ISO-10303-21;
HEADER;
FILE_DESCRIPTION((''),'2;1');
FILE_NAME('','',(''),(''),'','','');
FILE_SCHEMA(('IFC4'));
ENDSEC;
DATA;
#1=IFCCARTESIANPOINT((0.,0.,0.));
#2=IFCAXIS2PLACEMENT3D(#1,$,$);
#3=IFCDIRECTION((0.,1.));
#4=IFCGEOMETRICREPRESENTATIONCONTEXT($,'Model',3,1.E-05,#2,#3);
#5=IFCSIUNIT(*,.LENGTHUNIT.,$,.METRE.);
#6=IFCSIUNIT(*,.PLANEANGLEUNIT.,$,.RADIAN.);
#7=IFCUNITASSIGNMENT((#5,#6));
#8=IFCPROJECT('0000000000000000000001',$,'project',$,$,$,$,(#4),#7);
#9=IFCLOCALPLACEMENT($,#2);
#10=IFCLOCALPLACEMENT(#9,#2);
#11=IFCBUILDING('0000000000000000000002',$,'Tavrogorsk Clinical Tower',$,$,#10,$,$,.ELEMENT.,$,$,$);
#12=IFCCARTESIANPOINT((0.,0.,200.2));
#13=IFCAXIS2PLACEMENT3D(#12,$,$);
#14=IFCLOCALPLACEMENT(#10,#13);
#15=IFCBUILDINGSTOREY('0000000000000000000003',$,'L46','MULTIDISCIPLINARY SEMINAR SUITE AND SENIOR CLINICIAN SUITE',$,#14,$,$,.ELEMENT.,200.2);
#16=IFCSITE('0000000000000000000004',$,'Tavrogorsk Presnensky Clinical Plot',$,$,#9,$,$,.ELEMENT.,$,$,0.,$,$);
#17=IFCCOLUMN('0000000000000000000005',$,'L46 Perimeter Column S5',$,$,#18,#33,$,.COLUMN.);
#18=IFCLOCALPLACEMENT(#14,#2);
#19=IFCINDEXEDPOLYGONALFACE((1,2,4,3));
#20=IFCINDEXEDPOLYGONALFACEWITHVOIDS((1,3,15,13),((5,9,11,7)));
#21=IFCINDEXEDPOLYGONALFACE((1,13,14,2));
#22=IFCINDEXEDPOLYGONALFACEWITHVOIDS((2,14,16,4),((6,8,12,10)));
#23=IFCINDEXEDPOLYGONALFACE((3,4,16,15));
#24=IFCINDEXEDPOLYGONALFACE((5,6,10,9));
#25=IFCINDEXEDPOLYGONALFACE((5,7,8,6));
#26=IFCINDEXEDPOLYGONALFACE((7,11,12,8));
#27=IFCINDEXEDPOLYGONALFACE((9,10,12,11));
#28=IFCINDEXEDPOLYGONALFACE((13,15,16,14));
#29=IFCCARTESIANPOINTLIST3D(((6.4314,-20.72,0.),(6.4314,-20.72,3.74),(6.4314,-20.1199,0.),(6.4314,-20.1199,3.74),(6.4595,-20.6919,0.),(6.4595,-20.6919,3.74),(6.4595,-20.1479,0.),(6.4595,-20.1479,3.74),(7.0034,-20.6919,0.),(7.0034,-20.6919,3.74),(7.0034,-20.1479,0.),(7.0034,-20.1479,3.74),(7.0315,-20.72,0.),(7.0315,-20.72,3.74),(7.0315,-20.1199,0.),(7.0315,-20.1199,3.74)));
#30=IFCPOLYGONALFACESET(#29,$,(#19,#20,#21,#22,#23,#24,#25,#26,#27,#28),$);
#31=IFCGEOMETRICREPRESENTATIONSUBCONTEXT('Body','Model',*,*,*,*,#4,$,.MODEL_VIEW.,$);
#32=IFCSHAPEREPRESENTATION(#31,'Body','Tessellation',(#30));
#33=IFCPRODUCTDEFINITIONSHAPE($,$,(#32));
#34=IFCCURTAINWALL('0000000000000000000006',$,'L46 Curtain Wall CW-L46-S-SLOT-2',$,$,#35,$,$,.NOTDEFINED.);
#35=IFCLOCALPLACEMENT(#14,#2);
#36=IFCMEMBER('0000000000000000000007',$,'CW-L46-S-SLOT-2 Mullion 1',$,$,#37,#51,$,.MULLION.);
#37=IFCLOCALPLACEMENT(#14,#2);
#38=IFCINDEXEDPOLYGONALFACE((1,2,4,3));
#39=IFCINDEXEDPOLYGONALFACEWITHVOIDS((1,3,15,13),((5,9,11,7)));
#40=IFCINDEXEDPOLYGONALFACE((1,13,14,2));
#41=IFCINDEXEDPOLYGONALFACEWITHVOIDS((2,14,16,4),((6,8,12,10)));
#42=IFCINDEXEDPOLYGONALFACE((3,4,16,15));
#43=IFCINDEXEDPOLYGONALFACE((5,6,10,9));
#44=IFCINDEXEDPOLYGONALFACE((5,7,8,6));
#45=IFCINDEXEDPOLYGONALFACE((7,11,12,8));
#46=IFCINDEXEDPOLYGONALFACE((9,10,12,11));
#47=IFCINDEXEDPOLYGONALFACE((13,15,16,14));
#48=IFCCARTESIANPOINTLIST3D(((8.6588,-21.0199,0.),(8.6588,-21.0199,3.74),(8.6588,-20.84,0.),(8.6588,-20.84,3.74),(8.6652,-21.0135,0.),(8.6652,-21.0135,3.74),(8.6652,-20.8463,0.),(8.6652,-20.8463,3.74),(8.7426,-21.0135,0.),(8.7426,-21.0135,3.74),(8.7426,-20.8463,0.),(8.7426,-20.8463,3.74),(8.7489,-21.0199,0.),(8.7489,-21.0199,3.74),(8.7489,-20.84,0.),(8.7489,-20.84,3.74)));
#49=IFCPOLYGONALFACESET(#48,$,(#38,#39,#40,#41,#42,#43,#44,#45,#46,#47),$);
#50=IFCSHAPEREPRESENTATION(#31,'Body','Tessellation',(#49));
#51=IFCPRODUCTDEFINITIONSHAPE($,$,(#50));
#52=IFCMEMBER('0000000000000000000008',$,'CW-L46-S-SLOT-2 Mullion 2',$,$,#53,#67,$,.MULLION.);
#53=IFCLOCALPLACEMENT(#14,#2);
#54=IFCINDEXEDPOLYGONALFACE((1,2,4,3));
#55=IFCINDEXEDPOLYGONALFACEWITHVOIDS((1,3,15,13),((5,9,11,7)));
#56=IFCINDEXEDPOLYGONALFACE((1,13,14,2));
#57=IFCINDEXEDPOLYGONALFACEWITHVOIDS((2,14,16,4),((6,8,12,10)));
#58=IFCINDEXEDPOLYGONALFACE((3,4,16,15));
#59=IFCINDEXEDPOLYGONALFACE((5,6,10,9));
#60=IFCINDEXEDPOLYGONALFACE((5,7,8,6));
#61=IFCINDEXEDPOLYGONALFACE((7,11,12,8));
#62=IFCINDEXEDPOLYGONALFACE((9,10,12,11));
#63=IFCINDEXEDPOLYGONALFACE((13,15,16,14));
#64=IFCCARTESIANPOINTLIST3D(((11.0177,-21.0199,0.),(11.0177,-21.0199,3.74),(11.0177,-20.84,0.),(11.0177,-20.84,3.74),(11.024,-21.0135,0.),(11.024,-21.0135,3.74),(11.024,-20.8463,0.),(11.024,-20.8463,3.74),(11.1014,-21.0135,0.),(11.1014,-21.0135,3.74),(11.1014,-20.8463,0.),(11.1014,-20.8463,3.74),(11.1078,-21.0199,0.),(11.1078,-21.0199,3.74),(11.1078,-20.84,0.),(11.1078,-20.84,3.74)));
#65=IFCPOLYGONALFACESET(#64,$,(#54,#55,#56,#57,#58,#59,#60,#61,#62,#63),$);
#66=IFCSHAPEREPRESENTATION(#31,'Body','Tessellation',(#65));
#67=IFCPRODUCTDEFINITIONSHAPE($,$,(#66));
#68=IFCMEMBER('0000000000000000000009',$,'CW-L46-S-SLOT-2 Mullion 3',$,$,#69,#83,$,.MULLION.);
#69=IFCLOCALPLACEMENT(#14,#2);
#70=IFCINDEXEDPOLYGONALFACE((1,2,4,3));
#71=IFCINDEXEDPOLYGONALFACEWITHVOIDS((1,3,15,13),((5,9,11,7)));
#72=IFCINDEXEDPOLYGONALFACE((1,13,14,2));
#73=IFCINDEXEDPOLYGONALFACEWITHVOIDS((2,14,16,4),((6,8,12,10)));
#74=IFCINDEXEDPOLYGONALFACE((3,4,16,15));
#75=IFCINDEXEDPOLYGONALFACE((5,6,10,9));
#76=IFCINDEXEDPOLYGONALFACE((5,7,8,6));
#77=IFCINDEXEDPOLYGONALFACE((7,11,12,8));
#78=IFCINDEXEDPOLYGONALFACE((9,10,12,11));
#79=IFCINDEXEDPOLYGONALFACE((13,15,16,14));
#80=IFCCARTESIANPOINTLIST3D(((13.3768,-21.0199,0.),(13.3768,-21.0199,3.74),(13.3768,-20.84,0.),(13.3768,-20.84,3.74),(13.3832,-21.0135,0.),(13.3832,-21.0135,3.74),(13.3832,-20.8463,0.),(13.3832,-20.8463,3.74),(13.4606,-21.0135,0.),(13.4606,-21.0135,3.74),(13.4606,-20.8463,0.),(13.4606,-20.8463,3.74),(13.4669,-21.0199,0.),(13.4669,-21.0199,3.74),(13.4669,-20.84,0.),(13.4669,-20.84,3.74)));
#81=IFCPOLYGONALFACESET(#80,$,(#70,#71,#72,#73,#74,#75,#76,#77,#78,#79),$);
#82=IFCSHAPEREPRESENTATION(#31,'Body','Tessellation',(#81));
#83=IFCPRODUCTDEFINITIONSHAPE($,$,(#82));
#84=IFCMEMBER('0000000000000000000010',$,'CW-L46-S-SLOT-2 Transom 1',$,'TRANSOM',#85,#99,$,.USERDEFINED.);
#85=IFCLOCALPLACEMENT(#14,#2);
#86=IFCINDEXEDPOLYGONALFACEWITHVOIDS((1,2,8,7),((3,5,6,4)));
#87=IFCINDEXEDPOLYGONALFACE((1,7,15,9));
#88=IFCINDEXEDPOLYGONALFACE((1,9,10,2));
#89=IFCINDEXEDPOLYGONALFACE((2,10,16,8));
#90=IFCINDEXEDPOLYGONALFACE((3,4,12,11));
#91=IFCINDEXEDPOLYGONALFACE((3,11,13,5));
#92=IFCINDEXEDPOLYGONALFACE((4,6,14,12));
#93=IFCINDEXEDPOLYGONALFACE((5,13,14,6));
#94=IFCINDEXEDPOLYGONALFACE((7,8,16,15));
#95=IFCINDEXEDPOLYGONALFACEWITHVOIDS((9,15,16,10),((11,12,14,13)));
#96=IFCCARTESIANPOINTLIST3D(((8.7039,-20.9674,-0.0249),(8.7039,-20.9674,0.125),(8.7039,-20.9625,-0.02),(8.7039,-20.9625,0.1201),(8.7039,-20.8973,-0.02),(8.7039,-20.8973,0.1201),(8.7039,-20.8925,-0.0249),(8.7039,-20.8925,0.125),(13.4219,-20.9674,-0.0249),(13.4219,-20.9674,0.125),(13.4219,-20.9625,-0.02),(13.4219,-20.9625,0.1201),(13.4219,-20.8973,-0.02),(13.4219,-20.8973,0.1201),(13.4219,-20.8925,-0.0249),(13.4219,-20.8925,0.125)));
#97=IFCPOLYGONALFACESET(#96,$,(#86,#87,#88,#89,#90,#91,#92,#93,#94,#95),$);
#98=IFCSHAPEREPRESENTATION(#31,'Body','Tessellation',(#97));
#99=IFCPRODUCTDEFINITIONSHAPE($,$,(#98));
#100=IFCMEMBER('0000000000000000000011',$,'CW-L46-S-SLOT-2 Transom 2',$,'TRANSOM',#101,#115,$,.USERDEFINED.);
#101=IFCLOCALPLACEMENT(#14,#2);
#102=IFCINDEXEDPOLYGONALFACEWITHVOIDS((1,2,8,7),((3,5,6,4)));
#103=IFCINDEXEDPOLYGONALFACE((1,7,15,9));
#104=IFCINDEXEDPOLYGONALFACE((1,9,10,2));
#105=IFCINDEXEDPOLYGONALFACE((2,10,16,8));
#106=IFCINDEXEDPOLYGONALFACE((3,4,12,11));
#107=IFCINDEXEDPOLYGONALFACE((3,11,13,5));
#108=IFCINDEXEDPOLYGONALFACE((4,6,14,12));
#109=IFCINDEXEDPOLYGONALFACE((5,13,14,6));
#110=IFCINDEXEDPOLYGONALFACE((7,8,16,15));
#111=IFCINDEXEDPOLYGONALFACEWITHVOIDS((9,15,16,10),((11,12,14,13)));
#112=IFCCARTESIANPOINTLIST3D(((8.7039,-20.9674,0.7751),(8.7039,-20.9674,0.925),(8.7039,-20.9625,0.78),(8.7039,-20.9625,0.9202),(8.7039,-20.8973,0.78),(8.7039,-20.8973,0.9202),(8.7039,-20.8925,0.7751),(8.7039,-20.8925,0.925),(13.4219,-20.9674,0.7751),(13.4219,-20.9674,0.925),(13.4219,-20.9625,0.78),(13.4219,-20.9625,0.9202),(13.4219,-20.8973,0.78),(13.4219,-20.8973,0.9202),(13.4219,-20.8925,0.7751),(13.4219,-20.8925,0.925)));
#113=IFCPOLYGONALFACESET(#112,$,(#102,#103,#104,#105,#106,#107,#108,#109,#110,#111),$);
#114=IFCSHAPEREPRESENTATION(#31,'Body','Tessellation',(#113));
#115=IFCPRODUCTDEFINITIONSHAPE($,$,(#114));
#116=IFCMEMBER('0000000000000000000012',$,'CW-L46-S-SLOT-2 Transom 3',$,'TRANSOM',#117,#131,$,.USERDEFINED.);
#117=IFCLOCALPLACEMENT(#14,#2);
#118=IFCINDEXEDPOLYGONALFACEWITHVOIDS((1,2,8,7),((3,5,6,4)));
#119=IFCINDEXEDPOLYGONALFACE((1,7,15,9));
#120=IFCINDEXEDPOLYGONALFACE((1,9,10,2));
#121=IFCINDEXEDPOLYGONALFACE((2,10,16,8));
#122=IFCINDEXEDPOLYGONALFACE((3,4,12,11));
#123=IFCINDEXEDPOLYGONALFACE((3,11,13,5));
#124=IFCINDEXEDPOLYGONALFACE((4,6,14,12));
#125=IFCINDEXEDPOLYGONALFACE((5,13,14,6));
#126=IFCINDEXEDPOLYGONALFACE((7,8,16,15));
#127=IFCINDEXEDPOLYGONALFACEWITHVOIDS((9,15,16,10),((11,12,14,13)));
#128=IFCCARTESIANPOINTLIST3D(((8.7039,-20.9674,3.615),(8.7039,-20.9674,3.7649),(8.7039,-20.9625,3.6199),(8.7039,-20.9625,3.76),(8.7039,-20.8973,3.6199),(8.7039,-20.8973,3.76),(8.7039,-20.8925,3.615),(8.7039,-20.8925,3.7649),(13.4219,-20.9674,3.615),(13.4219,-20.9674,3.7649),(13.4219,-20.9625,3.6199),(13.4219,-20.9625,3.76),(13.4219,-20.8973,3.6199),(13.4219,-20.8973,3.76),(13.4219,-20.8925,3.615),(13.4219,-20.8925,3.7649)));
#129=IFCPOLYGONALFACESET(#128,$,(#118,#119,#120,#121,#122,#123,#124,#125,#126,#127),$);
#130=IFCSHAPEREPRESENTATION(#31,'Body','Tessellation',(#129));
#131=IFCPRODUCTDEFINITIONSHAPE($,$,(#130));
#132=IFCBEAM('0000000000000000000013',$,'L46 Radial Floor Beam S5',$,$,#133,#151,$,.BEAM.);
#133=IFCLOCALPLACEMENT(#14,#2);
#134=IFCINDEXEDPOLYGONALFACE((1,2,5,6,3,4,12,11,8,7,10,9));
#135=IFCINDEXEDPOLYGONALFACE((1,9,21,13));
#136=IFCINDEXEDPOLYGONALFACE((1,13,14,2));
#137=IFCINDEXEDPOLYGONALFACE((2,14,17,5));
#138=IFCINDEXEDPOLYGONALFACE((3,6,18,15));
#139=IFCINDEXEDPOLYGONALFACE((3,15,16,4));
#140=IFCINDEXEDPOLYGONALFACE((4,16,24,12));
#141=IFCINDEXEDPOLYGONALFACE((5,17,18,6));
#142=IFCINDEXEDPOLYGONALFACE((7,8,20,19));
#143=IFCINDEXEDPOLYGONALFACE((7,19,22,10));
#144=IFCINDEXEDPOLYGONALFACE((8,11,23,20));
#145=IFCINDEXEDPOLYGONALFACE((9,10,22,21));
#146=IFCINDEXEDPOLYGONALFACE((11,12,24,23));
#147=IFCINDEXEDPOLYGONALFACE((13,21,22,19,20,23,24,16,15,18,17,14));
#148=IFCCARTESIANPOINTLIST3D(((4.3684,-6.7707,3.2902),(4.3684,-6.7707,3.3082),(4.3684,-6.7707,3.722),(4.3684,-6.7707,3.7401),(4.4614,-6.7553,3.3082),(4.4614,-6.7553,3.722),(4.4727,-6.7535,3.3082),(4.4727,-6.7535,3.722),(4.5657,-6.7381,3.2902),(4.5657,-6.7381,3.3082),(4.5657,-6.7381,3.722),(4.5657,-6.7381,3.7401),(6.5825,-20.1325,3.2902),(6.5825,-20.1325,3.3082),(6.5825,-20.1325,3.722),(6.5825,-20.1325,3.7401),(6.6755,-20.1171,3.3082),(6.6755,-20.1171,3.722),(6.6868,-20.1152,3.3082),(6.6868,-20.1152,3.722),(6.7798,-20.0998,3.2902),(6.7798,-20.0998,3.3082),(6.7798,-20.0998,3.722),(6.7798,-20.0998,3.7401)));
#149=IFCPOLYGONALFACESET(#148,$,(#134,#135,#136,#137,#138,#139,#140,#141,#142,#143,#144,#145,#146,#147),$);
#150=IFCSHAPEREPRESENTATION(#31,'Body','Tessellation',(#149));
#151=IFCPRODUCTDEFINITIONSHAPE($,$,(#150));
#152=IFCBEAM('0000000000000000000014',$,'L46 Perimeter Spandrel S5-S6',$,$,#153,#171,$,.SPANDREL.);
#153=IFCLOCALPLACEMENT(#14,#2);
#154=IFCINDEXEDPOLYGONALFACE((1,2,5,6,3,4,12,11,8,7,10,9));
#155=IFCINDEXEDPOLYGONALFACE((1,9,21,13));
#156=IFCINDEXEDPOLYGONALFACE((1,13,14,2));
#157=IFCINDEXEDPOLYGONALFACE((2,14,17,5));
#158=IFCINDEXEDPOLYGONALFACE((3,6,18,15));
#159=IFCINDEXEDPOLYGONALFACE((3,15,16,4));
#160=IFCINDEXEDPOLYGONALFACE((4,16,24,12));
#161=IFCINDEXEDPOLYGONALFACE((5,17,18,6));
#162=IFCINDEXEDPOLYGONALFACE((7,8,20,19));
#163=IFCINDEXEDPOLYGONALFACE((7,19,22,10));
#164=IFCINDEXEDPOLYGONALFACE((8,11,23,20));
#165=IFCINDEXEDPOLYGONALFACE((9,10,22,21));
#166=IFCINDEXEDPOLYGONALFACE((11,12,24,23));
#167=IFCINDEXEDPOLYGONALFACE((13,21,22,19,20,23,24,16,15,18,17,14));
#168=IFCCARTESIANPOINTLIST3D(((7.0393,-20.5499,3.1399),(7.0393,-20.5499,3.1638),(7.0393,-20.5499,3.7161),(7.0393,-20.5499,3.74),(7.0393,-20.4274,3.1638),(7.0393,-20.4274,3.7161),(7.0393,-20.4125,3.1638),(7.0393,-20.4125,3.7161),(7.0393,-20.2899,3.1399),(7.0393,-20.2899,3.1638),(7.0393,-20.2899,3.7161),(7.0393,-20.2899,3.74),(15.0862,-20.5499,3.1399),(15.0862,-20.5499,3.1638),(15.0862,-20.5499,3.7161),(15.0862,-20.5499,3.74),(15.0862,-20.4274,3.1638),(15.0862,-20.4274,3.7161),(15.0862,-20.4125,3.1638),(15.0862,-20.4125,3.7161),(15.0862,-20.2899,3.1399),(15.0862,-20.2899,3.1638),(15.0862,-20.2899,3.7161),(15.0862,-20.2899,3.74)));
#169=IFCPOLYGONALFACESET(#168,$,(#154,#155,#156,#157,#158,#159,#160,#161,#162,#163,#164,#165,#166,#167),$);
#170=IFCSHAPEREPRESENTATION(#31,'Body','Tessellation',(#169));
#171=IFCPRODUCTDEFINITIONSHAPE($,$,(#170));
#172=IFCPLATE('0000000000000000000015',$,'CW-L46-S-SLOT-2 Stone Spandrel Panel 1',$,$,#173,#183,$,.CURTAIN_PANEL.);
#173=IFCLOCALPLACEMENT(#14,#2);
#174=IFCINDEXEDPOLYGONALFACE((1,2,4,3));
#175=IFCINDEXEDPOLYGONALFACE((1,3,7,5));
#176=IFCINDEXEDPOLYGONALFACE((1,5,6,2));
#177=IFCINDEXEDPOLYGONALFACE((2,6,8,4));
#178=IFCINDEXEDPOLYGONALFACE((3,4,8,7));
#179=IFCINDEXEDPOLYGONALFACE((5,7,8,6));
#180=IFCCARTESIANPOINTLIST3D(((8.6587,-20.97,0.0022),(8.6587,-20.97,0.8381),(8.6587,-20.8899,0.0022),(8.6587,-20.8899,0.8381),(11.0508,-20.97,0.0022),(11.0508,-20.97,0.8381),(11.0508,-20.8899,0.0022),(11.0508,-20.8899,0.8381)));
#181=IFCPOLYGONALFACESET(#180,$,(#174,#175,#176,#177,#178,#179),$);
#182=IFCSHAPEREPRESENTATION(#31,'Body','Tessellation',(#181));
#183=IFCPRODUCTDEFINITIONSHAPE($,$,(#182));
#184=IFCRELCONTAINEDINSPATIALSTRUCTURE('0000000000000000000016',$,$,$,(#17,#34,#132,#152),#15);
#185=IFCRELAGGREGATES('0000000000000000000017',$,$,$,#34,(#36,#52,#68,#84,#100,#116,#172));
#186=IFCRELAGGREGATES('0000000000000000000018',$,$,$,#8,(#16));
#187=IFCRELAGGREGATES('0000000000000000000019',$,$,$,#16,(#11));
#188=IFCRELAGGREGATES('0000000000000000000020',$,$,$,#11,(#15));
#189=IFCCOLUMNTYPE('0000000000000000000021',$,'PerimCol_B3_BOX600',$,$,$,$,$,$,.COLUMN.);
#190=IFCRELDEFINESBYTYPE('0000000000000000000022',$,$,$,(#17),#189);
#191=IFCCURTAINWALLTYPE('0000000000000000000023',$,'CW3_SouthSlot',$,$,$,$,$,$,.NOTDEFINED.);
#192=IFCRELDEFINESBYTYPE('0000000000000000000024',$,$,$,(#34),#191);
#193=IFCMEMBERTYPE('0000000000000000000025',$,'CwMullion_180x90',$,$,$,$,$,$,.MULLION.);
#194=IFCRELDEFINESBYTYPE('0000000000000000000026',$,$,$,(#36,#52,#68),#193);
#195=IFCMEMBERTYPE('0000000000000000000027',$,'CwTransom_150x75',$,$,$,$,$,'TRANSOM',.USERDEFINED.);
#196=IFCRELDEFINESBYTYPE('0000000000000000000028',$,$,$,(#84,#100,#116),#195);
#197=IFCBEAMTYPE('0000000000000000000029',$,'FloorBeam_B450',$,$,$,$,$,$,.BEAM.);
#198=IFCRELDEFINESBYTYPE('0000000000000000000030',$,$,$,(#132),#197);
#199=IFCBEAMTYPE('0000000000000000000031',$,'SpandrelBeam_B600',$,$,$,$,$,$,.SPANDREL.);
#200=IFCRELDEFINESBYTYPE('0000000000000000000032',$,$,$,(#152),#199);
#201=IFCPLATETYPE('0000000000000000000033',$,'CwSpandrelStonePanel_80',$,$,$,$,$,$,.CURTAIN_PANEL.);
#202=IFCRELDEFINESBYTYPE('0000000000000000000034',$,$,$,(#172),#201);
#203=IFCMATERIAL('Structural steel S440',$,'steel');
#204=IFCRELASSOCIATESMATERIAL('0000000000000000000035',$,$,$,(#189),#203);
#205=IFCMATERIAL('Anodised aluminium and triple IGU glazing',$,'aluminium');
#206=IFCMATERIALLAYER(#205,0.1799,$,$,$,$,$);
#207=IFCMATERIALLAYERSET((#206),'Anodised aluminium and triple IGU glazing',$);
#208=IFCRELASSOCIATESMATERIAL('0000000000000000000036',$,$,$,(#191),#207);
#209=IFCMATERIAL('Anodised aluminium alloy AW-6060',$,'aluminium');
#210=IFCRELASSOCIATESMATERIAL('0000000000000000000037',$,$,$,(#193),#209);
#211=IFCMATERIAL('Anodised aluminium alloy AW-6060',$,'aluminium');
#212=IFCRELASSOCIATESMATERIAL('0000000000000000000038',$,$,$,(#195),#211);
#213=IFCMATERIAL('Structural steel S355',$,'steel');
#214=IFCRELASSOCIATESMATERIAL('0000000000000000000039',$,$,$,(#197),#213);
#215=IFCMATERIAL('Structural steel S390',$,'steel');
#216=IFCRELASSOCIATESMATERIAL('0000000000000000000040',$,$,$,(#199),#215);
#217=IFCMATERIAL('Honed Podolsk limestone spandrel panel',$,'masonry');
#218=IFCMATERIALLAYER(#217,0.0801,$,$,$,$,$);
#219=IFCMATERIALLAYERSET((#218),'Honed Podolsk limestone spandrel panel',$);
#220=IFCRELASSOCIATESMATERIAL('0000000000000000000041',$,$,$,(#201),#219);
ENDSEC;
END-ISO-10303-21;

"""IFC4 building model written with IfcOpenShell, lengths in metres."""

from ifc_helpers import new_model, si_unit, direction, frame, origin, origin_2d, place, context, subcontext, project, spatial, rectangle, hollow_rectangle, i_section, extrude, material, layer, layer_set, material_profile, profile_set, type_object, element, aggregate, save


model = new_model("IFC4")

# Units and contexts
model_context = context("Model", 3, precision=1e-05, world=origin(), true_north=direction((0.0, 1.0)))
body_context = subcontext(model_context, "Body", "Model", "MODEL_VIEW")
ifc_project = project(units=[si_unit("LENGTHUNIT", "METRE"), si_unit("PLANEANGLEUNIT", "RADIAN")], contexts=[model_context])

# Site, building, storey
site_placement = place(None, origin())
site = spatial("IfcSite", under=ifc_project, at=site_placement, Name="Tavrogorsk Presnensky Clinical Plot", CompositionType="ELEMENT", RefElevation=0.0)
building_placement = place(site_placement, origin())
building = spatial("IfcBuilding", under=site, at=building_placement, Name="Tavrogorsk Clinical Tower", CompositionType="ELEMENT")
storey_placement = place(building_placement, frame((0.0, 0.0, 200.2)))
storey = spatial("IfcBuildingStorey", under=building, at=storey_placement, Name="L46", Description="MULTIDISCIPLINARY SEMINAR SUITE AND SENIOR CLINICIAN SUITE", CompositionType="ELEMENT", Elevation=200.2)

# Column
ifc_material_1 = material(Name="Structural steel S440", Category="steel")
ifc_material_profile_1 = material_profile(ifc_material_1, hollow_rectangle(XDim=0.6001, YDim=0.6001, WallThickness=0.0281, at=origin_2d()), Name="BOX-600x600x28")
ifc_profile_set_1 = profile_set([ifc_material_profile_1], Name="Structural steel S440")
column_type = type_object("IfcColumnType", Name="PerimCol_B3_BOX600", PredefinedType="COLUMN", material=ifc_profile_set_1)
column_placement = place(storey_placement, frame((6.7314, -20.4199, 0.0), z_axis=(0.0, 0.0, 1.0), x_axis=(1.0, 0.0, 0.0)))
element("IfcColumn", 1, at=column_placement, inside=storey, type_object=column_type, Name="L46 Perimeter Column S5", PredefinedType="COLUMN", context=body_context, shape_type="SweptSolid", body=[
    extrude(hollow_rectangle(XDim=0.6001, YDim=0.6001, WallThickness=0.0281, at=origin_2d()), origin(), (0.0, 0.0, 1.0), 3.74),
])

# Curtain wall, members
ifc_material_2 = material(Name="Anodised aluminium and triple IGU glazing", Category="aluminium")
ifc_layer_1 = layer(ifc_material_2, 0.1799)
ifc_layer_set_1 = layer_set([ifc_layer_1], Name="Anodised aluminium and triple IGU glazing")
curtain_wall_type = type_object("IfcCurtainWallType", Name="CW3_SouthSlot", PredefinedType="NOTDEFINED", material=ifc_layer_set_1)
curtain_wall_placement = place(storey_placement, origin())
curtain_wall = element("IfcCurtainWall", 2, at=curtain_wall_placement, inside=storey, type_object=curtain_wall_type, Name="L46 Curtain Wall CW-L46-S-SLOT-2", PredefinedType="NOTDEFINED")
ifc_material_3 = material(Name="Anodised aluminium alloy AW-6060", Category="aluminium")
ifc_material_profile_2 = material_profile(ifc_material_3, hollow_rectangle(XDim=0.0901, YDim=0.1799, WallThickness=0.0063, at=origin_2d()), Name="RHS-180x90x6.3")
ifc_profile_set_2 = profile_set([ifc_material_profile_2], Name="Anodised aluminium alloy AW-6060")
member_type_1 = type_object("IfcMemberType", Name="CwMullion_180x90", PredefinedType="MULLION", material=ifc_profile_set_2)
member_1_placement = place(storey_placement, frame((8.7039, -20.9299, 0.0), z_axis=(0.0, 0.0, 1.0), x_axis=(1.0, 0.0, 0.0)))
member_1 = element("IfcMember", 3, at=member_1_placement, type_object=member_type_1, Name="CW-L46-S-SLOT-2 Mullion 1", PredefinedType="MULLION", context=body_context, shape_type="SweptSolid", body=[
    extrude(hollow_rectangle(XDim=0.0901, YDim=0.1799, WallThickness=0.0063, at=origin_2d()), origin(), (0.0, 0.0, 1.0), 3.74),
])
member_2_placement = place(storey_placement, frame((11.0627, -20.9299, 0.0), z_axis=(0.0, 0.0, 1.0), x_axis=(1.0, 0.0, 0.0)))
member_2 = element("IfcMember", 4, at=member_2_placement, type_object=member_type_1, Name="CW-L46-S-SLOT-2 Mullion 2", PredefinedType="MULLION", context=body_context, shape_type="SweptSolid", body=[
    extrude(hollow_rectangle(XDim=0.0901, YDim=0.1799, WallThickness=0.0063, at=origin_2d()), origin(), (0.0, 0.0, 1.0), 3.74),
])
member_3_placement = place(storey_placement, frame((13.4219, -20.9299, 0.0), z_axis=(0.0, 0.0, 1.0), x_axis=(1.0, 0.0, 0.0)))
member_3 = element("IfcMember", 5, at=member_3_placement, type_object=member_type_1, Name="CW-L46-S-SLOT-2 Mullion 3", PredefinedType="MULLION", context=body_context, shape_type="SweptSolid", body=[
    extrude(hollow_rectangle(XDim=0.0901, YDim=0.1799, WallThickness=0.0063, at=origin_2d()), origin(), (0.0, 0.0, 1.0), 3.74),
])
ifc_material_4 = material(Name="Anodised aluminium alloy AW-6060", Category="aluminium")
ifc_material_profile_3 = material_profile(ifc_material_4, hollow_rectangle(XDim=0.075, YDim=0.1499, WallThickness=0.0049, at=origin_2d()), Name="RHS-150x75x5")
ifc_profile_set_3 = profile_set([ifc_material_profile_3], Name="Anodised aluminium alloy AW-6060")
member_type_2 = type_object("IfcMemberType", Name="CwTransom_150x75", ElementType="TRANSOM", PredefinedType="USERDEFINED", material=ifc_profile_set_3)
member_4_placement = place(storey_placement, frame((8.7039, -20.9299, 0.05), z_axis=(1.0, 0.0, 0.0), x_axis=(0.0, 1.0, 0.0)))
member_4 = element("IfcMember", 6, at=member_4_placement, type_object=member_type_2, Name="CW-L46-S-SLOT-2 Transom 1", ObjectType="TRANSOM", PredefinedType="USERDEFINED", context=body_context, shape_type="SweptSolid", body=[
    extrude(hollow_rectangle(XDim=0.075, YDim=0.1499, WallThickness=0.0049, at=origin_2d()), origin(), (0.0, 0.0, 1.0), 4.718),
])
member_5_placement = place(storey_placement, frame((8.7039, -20.9299, 0.8501), z_axis=(1.0, 0.0, 0.0), x_axis=(0.0, 1.0, 0.0)))
member_5 = element("IfcMember", 7, at=member_5_placement, type_object=member_type_2, Name="CW-L46-S-SLOT-2 Transom 2", ObjectType="TRANSOM", PredefinedType="USERDEFINED", context=body_context, shape_type="SweptSolid", body=[
    extrude(hollow_rectangle(XDim=0.075, YDim=0.1499, WallThickness=0.0049, at=origin_2d()), origin(), (0.0, 0.0, 1.0), 4.718),
])
member_6_placement = place(storey_placement, frame((8.7039, -20.9299, 3.6899), z_axis=(1.0, 0.0, 0.0), x_axis=(0.0, 1.0, 0.0)))
member_6 = element("IfcMember", 8, at=member_6_placement, type_object=member_type_2, Name="CW-L46-S-SLOT-2 Transom 3", ObjectType="TRANSOM", PredefinedType="USERDEFINED", context=body_context, shape_type="SweptSolid", body=[
    extrude(hollow_rectangle(XDim=0.075, YDim=0.1499, WallThickness=0.0049, at=origin_2d()), origin(), (0.0, 0.0, 1.0), 4.718),
])

# Beams
ifc_material_5 = material(Name="Structural steel S355", Category="steel")
ifc_material_profile_4 = material_profile(ifc_material_5, i_section(OverallWidth=0.2, OverallDepth=0.45, WebThickness=0.0115, FlangeThickness=0.0181, at=origin_2d()), Name="B-450x200x11.5x18")
ifc_profile_set_4 = profile_set([ifc_material_profile_4], Name="Structural steel S355")
beam_type_1 = type_object("IfcBeamType", Name="FloorBeam_B450", PredefinedType="BEAM", material=ifc_profile_set_4)
beam_1_placement = place(storey_placement, frame((4.467, -6.7544, 3.5151), z_axis=(0.163475, -0.986547, 0.0), x_axis=(0.986547, 0.163475, 0.0)))
element("IfcBeam", 9, at=beam_1_placement, inside=storey, type_object=beam_type_1, Name="L46 Radial Floor Beam S5", PredefinedType="BEAM", context=body_context, shape_type="SweptSolid", body=[
    extrude(i_section(OverallWidth=0.2, OverallDepth=0.45, WebThickness=0.0115, FlangeThickness=0.0181, at=origin_2d()), origin(), (0.0, 0.0, 1.0), 13.5439),
])
ifc_material_6 = material(Name="Structural steel S390", Category="steel")
ifc_material_profile_5 = material_profile(ifc_material_6, i_section(OverallWidth=0.26, OverallDepth=0.6001, WebThickness=0.0149, FlangeThickness=0.0239, at=origin_2d()), Name="B-600x260x15x24")
ifc_profile_set_5 = profile_set([ifc_material_profile_5], Name="Structural steel S390")
beam_type_2 = type_object("IfcBeamType", Name="SpandrelBeam_B600", PredefinedType="SPANDREL", material=ifc_profile_set_5)
beam_2_placement = place(storey_placement, frame((7.0393, -20.4199, 3.4399), z_axis=(1.0, 0.0, 0.0), x_axis=(0.0, 1.0, 0.0)))
element("IfcBeam", 10, at=beam_2_placement, inside=storey, type_object=beam_type_2, Name="L46 Perimeter Spandrel S5-S6", PredefinedType="SPANDREL", context=body_context, shape_type="SweptSolid", body=[
    extrude(i_section(OverallWidth=0.26, OverallDepth=0.6001, WebThickness=0.0149, FlangeThickness=0.0239, at=origin_2d()), origin(), (0.0, 0.0, 1.0), 8.0469),
])

# Plate
ifc_material_7 = material(Name="Honed Podolsk limestone spandrel panel", Category="masonry")
ifc_layer_2 = layer(ifc_material_7, 0.0801)
ifc_layer_set_2 = layer_set([ifc_layer_2], Name="Honed Podolsk limestone spandrel panel")
plate_type_1 = type_object("IfcPlateType", Name="CwSpandrelStonePanel_80", PredefinedType="CURTAIN_PANEL", material=ifc_layer_set_2)
plate_1_placement = place(storey_placement, frame((9.8547, -20.9299, 0.0022), z_axis=(0.0, 0.0, 1.0), x_axis=(1.0, 0.0, 0.0)))
plate_1 = element("IfcPlate", 11, at=plate_1_placement, type_object=plate_type_1, Name="CW-L46-S-SLOT-2 Stone Spandrel Panel 1", PredefinedType="CURTAIN_PANEL", context=body_context, shape_type="SweptSolid", body=[
    extrude(rectangle(XDim=2.3921, YDim=0.0801, at=origin_2d()), origin(), (0.0, 0.0, 1.0), 0.8359),
])
aggregate(curtain_wall, [member_1, member_2, member_3, member_4, member_5, member_6, plate_1])

save(model, "model.ifc")
